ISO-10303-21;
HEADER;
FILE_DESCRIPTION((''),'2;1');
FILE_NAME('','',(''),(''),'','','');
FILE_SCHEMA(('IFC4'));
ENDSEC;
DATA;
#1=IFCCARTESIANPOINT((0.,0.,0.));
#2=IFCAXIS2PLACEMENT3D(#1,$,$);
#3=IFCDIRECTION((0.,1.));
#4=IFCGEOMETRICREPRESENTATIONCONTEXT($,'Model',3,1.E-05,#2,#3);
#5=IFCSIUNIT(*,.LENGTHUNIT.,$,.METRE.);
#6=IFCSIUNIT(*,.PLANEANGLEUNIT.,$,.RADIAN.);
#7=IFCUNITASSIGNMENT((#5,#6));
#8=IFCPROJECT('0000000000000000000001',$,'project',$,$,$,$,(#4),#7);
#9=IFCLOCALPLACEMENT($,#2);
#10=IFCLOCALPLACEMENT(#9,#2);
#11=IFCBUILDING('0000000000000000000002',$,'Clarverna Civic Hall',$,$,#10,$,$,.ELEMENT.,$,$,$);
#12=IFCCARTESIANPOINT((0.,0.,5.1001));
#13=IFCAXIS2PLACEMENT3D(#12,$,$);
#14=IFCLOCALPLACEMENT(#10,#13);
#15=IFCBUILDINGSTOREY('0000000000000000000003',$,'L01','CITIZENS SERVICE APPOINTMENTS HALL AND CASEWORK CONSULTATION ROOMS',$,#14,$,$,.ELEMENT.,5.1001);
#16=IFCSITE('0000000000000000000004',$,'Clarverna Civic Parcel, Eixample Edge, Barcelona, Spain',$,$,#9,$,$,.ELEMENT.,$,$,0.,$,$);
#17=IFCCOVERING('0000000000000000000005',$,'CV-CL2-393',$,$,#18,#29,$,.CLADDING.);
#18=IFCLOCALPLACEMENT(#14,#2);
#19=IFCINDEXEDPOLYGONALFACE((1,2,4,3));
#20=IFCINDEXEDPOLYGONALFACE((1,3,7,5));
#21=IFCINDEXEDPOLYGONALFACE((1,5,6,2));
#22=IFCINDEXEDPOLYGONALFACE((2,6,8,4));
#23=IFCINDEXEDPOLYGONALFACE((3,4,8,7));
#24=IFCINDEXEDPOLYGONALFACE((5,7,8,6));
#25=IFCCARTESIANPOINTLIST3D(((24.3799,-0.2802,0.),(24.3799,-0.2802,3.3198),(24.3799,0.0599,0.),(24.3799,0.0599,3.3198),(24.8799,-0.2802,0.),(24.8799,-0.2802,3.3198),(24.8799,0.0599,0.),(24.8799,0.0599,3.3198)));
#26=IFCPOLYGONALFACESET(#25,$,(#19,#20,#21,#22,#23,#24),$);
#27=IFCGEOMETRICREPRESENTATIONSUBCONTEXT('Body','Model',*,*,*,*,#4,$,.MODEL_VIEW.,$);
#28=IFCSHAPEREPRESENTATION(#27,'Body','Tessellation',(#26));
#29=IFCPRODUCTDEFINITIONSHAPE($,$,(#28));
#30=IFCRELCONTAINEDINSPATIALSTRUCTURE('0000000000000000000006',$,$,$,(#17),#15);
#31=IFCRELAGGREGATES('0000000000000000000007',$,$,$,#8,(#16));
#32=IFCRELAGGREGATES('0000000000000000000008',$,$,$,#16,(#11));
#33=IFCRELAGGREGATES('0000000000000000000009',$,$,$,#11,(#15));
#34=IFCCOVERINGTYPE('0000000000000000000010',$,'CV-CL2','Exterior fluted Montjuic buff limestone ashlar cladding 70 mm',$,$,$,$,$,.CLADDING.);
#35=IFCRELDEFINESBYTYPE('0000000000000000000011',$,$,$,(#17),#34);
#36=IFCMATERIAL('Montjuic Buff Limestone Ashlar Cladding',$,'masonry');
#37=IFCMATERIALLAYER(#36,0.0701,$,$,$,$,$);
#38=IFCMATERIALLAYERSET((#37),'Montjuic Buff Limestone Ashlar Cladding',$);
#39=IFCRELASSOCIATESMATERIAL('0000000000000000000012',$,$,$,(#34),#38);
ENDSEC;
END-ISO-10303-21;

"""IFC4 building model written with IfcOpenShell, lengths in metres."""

from ifc_helpers import new_model, si_unit, direction, frame, frame_2d, origin, place, context, subcontext, project, spatial, rectangle, extrude, material, layer, layer_set, type_object, element, save


model = new_model("IFC4")

# Units and contexts
model_context = context("Model", 3, precision=1e-05, world=origin(), true_north=direction((0.0, 1.0)))
body_context = subcontext(model_context, "Body", "Model", "MODEL_VIEW")
ifc_project = project(units=[si_unit("LENGTHUNIT", "METRE"), si_unit("PLANEANGLEUNIT", "RADIAN")], contexts=[model_context])

# Site, building, storey
site_placement = place(None, origin())
site = spatial("IfcSite", under=ifc_project, at=site_placement, Name="Clarverna Civic Parcel, Eixample Edge, Barcelona, Spain", CompositionType="ELEMENT", RefElevation=0.0)
building_placement = place(site_placement, origin())
building = spatial("IfcBuilding", under=site, at=building_placement, Name="Clarverna Civic Hall", CompositionType="ELEMENT")
storey_placement = place(building_placement, frame((0.0, 0.0, 5.1001)))
storey = spatial("IfcBuildingStorey", under=building, at=storey_placement, Name="L01", Description="CITIZENS SERVICE APPOINTMENTS HALL AND CASEWORK CONSULTATION ROOMS", CompositionType="ELEMENT", Elevation=5.1001)

# Covering
ifc_material_1 = material(Name="Montjuic Buff Limestone Ashlar Cladding", Category="masonry")
ifc_layer_1 = layer(ifc_material_1, 0.0701)
ifc_layer_set_1 = layer_set([ifc_layer_1], Name="Montjuic Buff Limestone Ashlar Cladding")
covering_type = type_object("IfcCoveringType", Name="CV-CL2", Description="Exterior fluted Montjuic buff limestone ashlar cladding 70 mm", PredefinedType="CLADDING", material=ifc_layer_set_1)
covering_1_placement = place(storey_placement, frame((24.8799, -0.1101, 0.0), z_axis=(0.0, 0.0, 1.0), x_axis=(-1.0, 0.0, 0.0)))
element("IfcCovering", 1, at=covering_1_placement, inside=storey, type_object=covering_type, Name="CV-CL2-393", PredefinedType="CLADDING", context=body_context, shape_type="SweptSolid", body=[
    extrude(rectangle(XDim=0.5, YDim=0.3401, at=frame_2d((0.25, 0.0))), origin(), (0.0, 0.0, 1.0), 3.3198),
])

save(model, "model.ifc")
